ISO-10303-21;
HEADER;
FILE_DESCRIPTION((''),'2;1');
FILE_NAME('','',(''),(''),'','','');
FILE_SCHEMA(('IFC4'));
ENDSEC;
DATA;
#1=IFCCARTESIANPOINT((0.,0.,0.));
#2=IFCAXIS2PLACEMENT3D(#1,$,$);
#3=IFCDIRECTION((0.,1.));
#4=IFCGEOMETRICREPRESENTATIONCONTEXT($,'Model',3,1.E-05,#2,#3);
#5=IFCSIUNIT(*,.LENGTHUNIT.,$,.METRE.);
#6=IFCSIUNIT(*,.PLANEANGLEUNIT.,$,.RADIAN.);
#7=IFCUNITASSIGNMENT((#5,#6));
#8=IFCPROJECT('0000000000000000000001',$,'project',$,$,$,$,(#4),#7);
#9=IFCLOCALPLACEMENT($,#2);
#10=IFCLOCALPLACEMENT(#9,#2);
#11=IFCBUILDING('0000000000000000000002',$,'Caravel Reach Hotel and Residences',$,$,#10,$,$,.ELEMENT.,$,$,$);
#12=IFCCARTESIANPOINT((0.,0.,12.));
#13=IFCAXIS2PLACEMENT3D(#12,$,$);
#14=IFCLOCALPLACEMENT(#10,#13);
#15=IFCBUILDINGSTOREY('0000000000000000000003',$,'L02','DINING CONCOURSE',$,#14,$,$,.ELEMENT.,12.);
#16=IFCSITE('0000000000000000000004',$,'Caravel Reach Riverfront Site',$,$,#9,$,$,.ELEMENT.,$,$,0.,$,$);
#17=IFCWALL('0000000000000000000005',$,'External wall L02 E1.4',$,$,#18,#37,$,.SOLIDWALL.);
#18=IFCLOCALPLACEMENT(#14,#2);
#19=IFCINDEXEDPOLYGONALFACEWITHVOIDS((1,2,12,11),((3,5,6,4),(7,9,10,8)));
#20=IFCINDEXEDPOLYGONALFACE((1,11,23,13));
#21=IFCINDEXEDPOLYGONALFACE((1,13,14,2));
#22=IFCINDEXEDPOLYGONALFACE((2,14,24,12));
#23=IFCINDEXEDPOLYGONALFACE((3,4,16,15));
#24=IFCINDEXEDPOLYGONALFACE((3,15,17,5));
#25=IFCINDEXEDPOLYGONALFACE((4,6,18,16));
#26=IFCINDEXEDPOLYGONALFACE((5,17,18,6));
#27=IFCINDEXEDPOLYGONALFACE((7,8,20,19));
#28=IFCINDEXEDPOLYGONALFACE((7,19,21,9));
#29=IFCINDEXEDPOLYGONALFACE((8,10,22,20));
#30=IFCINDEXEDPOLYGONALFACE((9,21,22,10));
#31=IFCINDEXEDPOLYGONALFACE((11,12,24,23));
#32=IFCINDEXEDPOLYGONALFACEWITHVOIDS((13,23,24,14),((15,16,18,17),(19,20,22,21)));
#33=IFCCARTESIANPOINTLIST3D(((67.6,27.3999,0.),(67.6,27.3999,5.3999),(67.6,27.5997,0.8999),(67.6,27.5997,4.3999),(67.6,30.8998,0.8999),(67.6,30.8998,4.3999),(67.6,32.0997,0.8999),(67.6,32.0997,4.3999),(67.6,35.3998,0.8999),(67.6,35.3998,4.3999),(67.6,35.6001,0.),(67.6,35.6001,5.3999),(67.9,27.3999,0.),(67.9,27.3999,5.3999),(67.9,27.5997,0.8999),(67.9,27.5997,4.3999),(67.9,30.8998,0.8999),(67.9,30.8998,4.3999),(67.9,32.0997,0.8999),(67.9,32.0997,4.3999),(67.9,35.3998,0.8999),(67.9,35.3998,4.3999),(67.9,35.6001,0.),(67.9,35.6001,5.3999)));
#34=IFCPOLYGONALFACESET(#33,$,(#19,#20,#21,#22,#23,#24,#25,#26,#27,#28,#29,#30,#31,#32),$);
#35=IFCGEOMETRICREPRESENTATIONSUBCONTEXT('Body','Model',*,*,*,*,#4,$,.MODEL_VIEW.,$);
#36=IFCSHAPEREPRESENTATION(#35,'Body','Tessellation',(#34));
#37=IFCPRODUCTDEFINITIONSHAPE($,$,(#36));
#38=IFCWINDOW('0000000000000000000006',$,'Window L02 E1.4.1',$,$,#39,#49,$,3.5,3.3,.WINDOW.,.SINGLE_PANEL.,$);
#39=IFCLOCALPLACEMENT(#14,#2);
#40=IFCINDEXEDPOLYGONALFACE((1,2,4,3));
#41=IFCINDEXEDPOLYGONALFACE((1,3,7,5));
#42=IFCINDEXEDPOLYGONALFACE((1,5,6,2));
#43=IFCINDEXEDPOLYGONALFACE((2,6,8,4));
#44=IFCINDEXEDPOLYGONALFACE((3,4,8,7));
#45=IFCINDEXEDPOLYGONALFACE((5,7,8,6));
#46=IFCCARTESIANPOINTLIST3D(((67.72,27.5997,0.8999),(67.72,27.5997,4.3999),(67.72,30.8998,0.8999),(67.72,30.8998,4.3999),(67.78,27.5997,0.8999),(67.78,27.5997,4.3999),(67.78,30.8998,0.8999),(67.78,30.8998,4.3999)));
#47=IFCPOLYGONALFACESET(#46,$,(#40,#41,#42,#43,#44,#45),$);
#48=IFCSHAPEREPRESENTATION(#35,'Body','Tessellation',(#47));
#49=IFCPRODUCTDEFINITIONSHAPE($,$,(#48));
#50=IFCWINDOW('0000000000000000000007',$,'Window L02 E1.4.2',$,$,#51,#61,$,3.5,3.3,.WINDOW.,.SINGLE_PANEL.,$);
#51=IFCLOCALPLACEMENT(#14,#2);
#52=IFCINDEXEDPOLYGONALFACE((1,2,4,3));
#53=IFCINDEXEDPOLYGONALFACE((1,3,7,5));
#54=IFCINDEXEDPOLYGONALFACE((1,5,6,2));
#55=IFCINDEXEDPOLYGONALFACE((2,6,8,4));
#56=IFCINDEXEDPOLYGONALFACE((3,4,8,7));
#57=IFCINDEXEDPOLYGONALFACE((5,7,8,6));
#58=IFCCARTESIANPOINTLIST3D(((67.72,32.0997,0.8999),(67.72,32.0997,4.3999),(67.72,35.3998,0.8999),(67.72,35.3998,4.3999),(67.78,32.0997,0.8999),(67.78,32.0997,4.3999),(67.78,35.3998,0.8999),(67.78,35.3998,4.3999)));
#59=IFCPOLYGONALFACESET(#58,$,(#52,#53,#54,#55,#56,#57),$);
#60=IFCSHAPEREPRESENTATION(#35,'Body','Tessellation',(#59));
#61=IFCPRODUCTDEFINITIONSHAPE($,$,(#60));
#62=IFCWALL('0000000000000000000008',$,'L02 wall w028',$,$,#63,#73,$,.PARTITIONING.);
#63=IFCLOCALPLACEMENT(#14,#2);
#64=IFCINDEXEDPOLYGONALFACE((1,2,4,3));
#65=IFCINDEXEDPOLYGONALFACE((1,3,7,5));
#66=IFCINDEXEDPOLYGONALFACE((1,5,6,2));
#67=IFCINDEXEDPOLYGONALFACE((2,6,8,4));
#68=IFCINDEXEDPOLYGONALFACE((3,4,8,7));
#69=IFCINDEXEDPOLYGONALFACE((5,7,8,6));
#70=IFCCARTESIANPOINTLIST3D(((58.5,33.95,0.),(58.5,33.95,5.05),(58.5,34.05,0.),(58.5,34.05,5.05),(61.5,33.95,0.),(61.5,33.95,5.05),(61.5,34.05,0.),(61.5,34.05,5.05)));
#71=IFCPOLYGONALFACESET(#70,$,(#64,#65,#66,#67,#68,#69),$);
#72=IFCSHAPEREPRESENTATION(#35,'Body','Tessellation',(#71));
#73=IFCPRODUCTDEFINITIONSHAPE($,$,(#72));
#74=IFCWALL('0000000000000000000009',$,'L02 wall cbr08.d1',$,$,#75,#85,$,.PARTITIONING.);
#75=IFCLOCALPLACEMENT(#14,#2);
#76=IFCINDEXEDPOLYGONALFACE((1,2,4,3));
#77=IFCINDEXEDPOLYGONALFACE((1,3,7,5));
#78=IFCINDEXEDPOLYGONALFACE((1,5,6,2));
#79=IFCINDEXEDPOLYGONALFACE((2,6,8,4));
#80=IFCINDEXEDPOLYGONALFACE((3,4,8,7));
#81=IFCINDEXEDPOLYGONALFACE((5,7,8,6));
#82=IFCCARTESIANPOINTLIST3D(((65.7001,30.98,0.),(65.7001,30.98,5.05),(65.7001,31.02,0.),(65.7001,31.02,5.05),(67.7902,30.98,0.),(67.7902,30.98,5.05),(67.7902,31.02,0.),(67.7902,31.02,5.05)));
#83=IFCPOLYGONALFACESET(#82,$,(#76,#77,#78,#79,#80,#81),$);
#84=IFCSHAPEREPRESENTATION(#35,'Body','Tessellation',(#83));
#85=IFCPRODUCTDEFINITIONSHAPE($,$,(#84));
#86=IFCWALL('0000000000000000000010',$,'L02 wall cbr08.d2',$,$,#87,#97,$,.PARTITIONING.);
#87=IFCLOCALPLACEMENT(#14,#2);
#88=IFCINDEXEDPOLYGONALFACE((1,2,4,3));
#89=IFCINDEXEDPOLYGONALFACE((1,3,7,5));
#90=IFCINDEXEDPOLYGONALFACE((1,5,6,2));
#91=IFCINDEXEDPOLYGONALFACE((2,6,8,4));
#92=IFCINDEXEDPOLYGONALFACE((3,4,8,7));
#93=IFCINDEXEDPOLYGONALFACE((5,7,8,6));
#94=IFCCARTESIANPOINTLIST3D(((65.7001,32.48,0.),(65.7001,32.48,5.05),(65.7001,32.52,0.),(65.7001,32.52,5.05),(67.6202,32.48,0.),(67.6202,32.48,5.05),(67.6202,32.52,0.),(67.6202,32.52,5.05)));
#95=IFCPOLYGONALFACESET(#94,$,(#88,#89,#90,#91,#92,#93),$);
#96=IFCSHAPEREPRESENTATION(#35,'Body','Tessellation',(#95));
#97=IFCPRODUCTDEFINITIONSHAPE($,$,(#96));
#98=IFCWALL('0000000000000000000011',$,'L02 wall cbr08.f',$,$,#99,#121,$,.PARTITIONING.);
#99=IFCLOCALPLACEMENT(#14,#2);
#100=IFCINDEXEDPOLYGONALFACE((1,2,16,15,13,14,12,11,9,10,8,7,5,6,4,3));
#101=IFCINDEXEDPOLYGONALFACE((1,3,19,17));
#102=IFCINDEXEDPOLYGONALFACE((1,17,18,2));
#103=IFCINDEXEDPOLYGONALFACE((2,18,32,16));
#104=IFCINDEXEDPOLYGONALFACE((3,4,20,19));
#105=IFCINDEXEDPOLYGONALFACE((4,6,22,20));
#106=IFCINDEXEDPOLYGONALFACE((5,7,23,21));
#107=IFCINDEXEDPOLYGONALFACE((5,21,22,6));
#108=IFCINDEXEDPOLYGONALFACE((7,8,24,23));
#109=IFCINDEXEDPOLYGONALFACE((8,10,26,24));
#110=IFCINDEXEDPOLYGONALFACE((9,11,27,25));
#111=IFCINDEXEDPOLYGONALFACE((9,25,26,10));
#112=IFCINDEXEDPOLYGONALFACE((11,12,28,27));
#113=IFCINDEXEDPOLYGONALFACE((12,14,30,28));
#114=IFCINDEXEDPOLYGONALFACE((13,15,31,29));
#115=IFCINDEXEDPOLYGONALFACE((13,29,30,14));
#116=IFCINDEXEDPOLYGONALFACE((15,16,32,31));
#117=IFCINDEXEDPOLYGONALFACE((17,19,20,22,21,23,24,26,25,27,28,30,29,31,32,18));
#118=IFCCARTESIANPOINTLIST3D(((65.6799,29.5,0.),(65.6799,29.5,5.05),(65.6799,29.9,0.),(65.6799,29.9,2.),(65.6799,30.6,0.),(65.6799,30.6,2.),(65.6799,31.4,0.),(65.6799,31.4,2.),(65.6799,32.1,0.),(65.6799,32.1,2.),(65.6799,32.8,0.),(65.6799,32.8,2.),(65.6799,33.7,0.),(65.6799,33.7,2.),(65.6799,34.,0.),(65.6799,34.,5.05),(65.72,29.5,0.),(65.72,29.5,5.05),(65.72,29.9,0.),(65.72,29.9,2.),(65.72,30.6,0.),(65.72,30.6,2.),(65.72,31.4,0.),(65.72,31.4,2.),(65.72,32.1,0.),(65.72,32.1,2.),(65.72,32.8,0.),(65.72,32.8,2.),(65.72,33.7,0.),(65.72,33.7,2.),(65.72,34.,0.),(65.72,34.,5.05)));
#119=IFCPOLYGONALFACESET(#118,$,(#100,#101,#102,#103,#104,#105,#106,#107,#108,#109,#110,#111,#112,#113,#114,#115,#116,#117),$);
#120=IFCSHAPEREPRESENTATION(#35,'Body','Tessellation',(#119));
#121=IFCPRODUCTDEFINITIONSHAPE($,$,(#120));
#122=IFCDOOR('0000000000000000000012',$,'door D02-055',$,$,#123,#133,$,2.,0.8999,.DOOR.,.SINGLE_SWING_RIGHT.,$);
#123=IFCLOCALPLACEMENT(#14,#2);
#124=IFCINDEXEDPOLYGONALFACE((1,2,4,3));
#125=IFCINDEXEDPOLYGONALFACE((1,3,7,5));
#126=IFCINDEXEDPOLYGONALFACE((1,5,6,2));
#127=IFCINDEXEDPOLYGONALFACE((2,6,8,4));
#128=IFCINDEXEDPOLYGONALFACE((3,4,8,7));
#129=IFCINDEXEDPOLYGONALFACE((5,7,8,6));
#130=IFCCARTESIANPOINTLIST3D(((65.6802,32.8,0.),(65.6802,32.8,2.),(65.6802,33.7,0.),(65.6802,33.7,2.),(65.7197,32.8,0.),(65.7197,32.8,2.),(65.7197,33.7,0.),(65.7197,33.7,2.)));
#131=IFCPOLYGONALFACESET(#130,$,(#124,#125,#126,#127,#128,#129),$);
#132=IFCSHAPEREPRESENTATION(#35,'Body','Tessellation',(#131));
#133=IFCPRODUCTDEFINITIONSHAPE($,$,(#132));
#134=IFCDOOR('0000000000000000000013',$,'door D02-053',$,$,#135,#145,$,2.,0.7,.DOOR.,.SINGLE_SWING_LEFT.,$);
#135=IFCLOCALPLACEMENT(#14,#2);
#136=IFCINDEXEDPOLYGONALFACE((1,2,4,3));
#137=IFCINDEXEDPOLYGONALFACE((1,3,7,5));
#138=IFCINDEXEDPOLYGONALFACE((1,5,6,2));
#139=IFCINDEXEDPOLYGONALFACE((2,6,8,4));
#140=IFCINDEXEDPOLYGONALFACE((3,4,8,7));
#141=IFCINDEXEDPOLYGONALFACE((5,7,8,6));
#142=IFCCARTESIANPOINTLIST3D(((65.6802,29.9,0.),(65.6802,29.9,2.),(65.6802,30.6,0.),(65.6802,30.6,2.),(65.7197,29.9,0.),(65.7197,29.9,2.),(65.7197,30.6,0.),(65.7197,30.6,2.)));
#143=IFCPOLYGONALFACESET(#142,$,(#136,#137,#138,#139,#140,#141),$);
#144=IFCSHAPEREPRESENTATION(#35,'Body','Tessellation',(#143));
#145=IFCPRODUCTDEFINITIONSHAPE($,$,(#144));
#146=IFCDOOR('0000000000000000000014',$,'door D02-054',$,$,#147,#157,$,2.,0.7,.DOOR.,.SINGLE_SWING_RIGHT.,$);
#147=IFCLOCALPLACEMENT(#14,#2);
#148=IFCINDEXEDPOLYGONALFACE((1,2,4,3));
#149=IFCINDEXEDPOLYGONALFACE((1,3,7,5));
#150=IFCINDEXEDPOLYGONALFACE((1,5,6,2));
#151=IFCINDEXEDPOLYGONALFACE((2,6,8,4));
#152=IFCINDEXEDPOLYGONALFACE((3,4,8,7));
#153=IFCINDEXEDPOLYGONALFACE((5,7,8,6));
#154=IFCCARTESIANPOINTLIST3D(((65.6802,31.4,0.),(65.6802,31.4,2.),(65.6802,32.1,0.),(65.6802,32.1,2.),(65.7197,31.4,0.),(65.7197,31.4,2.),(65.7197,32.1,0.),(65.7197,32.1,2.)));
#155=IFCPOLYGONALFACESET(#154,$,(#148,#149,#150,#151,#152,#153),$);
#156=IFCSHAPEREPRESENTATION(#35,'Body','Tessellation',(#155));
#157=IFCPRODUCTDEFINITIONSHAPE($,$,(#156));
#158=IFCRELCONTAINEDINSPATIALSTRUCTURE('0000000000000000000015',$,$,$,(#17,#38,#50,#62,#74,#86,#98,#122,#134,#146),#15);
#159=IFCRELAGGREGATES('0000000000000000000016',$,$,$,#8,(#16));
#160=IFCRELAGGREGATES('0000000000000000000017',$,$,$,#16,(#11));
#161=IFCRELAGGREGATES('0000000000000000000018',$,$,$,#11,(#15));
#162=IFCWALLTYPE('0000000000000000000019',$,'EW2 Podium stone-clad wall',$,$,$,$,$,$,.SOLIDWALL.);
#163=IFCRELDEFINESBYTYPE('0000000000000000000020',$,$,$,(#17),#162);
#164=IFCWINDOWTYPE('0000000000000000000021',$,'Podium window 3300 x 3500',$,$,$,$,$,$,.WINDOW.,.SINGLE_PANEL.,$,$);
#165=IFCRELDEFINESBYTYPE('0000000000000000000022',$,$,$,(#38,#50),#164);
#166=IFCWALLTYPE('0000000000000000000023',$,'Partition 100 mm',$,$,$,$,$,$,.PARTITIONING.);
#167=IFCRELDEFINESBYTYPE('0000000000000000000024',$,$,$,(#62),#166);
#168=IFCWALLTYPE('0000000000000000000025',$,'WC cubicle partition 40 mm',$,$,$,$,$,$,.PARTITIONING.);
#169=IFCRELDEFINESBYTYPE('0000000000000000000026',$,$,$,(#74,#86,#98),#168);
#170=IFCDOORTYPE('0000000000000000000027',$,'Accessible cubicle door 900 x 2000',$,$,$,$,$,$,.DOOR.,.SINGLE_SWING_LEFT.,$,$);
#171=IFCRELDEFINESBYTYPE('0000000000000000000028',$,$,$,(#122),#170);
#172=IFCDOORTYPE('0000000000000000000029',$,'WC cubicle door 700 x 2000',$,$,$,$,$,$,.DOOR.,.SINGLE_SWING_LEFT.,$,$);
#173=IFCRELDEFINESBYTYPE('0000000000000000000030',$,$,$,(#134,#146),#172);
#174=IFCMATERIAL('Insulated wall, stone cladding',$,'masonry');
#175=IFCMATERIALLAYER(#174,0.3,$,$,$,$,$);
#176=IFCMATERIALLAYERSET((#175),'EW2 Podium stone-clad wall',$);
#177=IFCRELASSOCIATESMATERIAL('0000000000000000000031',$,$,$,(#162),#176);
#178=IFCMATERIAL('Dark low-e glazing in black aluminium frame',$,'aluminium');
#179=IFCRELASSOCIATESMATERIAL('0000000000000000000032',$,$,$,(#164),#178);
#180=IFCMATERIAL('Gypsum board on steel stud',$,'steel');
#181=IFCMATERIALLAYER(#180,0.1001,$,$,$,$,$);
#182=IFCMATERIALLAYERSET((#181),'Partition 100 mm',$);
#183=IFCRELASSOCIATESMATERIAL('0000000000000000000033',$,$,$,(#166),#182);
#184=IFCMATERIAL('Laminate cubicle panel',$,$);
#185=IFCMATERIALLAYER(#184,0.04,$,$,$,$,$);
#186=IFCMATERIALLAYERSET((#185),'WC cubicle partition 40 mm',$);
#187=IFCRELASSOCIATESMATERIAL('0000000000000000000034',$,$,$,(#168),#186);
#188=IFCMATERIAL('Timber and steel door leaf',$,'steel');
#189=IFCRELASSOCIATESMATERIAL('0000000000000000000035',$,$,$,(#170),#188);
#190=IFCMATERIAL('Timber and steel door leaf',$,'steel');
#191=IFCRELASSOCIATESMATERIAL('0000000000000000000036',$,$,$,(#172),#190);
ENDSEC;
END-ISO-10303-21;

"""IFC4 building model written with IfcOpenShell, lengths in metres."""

from ifc_helpers import new_model, si_unit, direction, frame, frame_2d, origin, place, context, subcontext, project, spatial, rectangle, extrude, material, layer, layer_set, type_object, element, fill, save


model = new_model("IFC4")

# Units and contexts
model_context = context("Model", 3, precision=1e-05, world=origin(), true_north=direction((0.0, 1.0)))
body_context = subcontext(model_context, "Body", "Model", "MODEL_VIEW")
ifc_project = project(units=[si_unit("LENGTHUNIT", "METRE"), si_unit("PLANEANGLEUNIT", "RADIAN")], contexts=[model_context])

# Site, building, storey
site_placement = place(None, origin())
site = spatial("IfcSite", under=ifc_project, at=site_placement, Name="Caravel Reach Riverfront Site", CompositionType="ELEMENT", RefElevation=0.0)
building_placement = place(site_placement, origin())
building = spatial("IfcBuilding", under=site, at=building_placement, Name="Caravel Reach Hotel and Residences", CompositionType="ELEMENT")
storey_placement = place(building_placement, frame((0.0, 0.0, 12.0)))
storey = spatial("IfcBuildingStorey", under=building, at=storey_placement, Name="L02", Description="DINING CONCOURSE", CompositionType="ELEMENT", Elevation=12.0)

# Wall, openings, windows
ifc_material_1 = material(Name="Insulated wall, stone cladding", Category="masonry")
ifc_layer_1 = layer(ifc_material_1, 0.3)
ifc_layer_set_1 = layer_set([ifc_layer_1], Name="EW2 Podium stone-clad wall")
wall_type_1 = type_object("IfcWallType", Name="EW2 Podium stone-clad wall", PredefinedType="SOLIDWALL", material=ifc_layer_set_1)
wall_1_placement = place(storey_placement, frame((67.75, 27.3999, 0.0), z_axis=(0.0, 0.0, 1.0), x_axis=(0.0, 1.0, 0.0)))
wall_1 = element("IfcWall", 1, at=wall_1_placement, inside=storey, type_object=wall_type_1, Name="External wall L02 E1.4", PredefinedType="SOLIDWALL", context=body_context, shape_type="SweptSolid", body=[
    extrude(rectangle(XDim=8.2002, YDim=0.3, at=frame_2d((4.1001, 0.0))), origin(), (0.0, 0.0, 1.0), 5.3999),
])
opening_1_placement = place(wall_1_placement, frame((0.2, 0.0, 0.8999)))
opening_1 = element("IfcOpeningElement", 2, at=opening_1_placement, cuts=wall_1, PredefinedType="OPENING", context=body_context, shape_type="SweptSolid", body=[
    extrude(rectangle(XDim=3.3, YDim=3.5, at=frame_2d((1.6499, 1.75))), frame((0.0, 0.1599, 0.0), z_axis=(0.0, -1.0, 0.0), x_axis=(1.0, 0.0, 0.0)), (0.0, 0.0, 1.0), 0.3201),
])
opening_2_placement = place(wall_1_placement, frame((4.7, 0.0, 0.8999)))
opening_2 = element("IfcOpeningElement", 3, at=opening_2_placement, cuts=wall_1, PredefinedType="OPENING", context=body_context, shape_type="SweptSolid", body=[
    extrude(rectangle(XDim=3.3, YDim=3.5, at=frame_2d((1.6499, 1.75))), frame((0.0, 0.1599, 0.0), z_axis=(0.0, -1.0, 0.0), x_axis=(1.0, 0.0, 0.0)), (0.0, 0.0, 1.0), 0.3201),
])
ifc_material_2 = material(Name="Dark low-e glazing in black aluminium frame", Category="aluminium")
window_type = type_object("IfcWindowType", Name="Podium window 3300 x 3500", PartitioningType="SINGLE_PANEL", PredefinedType="WINDOW", material=ifc_material_2)
window_1_placement = place(opening_1_placement, origin())
window_1 = element("IfcWindow", 4, at=window_1_placement, inside=storey, type_object=window_type, Name="Window L02 E1.4.1", OverallHeight=3.5, OverallWidth=3.3, PartitioningType="SINGLE_PANEL", PredefinedType="WINDOW", context=body_context, shape_type="SweptSolid", body=[
    extrude(rectangle(XDim=3.3, YDim=3.5, at=frame_2d((1.6499, 1.75))), frame((0.0, 0.03, 0.0), z_axis=(0.0, -1.0, 0.0), x_axis=(1.0, 0.0, 0.0)), (0.0, 0.0, 1.0), 0.0601),
])
fill(opening_1, window_1)
window_2_placement = place(opening_2_placement, origin())
window_2 = element("IfcWindow", 5, at=window_2_placement, inside=storey, type_object=window_type, Name="Window L02 E1.4.2", OverallHeight=3.5, OverallWidth=3.3, PartitioningType="SINGLE_PANEL", PredefinedType="WINDOW", context=body_context, shape_type="SweptSolid", body=[
    extrude(rectangle(XDim=3.3, YDim=3.5, at=frame_2d((1.6499, 1.75))), frame((0.0, 0.03, 0.0), z_axis=(0.0, -1.0, 0.0), x_axis=(1.0, 0.0, 0.0)), (0.0, 0.0, 1.0), 0.0601),
])
fill(opening_2, window_2)

# Walls
ifc_material_3 = material(Name="Gypsum board on steel stud", Category="steel")
ifc_layer_2 = layer(ifc_material_3, 0.1001)
ifc_layer_set_2 = layer_set([ifc_layer_2], Name="Partition 100 mm")
wall_type_2 = type_object("IfcWallType", Name="Partition 100 mm", PredefinedType="PARTITIONING", material=ifc_layer_set_2)
wall_2_placement = place(storey_placement, frame((58.5, 34.0, 0.0), z_axis=(0.0, 0.0, 1.0), x_axis=(1.0, 0.0, 0.0)))
element("IfcWall", 6, at=wall_2_placement, inside=storey, type_object=wall_type_2, Name="L02 wall w028", PredefinedType="PARTITIONING", context=body_context, shape_type="SweptSolid", body=[
    extrude(rectangle(XDim=3.0, YDim=0.1001, at=frame_2d((1.5, 0.0))), origin(), (0.0, 0.0, 1.0), 5.05),
])
ifc_material_4 = material(Name="Laminate cubicle panel")
ifc_layer_3 = layer(ifc_material_4, 0.04)
ifc_layer_set_3 = layer_set([ifc_layer_3], Name="WC cubicle partition 40 mm")
wall_type_3 = type_object("IfcWallType", Name="WC cubicle partition 40 mm", PredefinedType="PARTITIONING", material=ifc_layer_set_3)
wall_3_placement = place(storey_placement, frame((67.79, 31.0, 0.0), z_axis=(0.0, 0.0, 1.0), x_axis=(-1.0, 0.0, 0.0)))
element("IfcWall", 7, at=wall_3_placement, inside=storey, type_object=wall_type_3, Name="L02 wall cbr08.d1", PredefinedType="PARTITIONING", context=body_context, shape_type="SweptSolid", body=[
    extrude(rectangle(XDim=2.0901, YDim=0.04, at=frame_2d((1.0449, 0.0))), origin(), (0.0, 0.0, 1.0), 5.05),
])
wall_4_placement = place(storey_placement, frame((67.6201, 32.5, 0.0), z_axis=(0.0, 0.0, 1.0), x_axis=(-1.0, 0.0, 0.0)))
element("IfcWall", 8, at=wall_4_placement, inside=storey, type_object=wall_type_3, Name="L02 wall cbr08.d2", PredefinedType="PARTITIONING", context=body_context, shape_type="SweptSolid", body=[
    extrude(rectangle(XDim=1.9202, YDim=0.04, at=frame_2d((0.96, 0.0))), origin(), (0.0, 0.0, 1.0), 5.05),
])

# Wall, openings, doors
wall_5_placement = place(storey_placement, frame((65.7, 29.5, 0.0), z_axis=(0.0, 0.0, 1.0), x_axis=(0.0, 1.0, 0.0)))
wall_5 = element("IfcWall", 9, at=wall_5_placement, inside=storey, type_object=wall_type_3, Name="L02 wall cbr08.f", PredefinedType="PARTITIONING", context=body_context, shape_type="SweptSolid", body=[
    extrude(rectangle(XDim=4.5, YDim=0.04, at=frame_2d((2.25, 0.0))), origin(), (0.0, 0.0, 1.0), 5.05),
])
opening_3_placement = place(wall_5_placement, frame((0.3999, 0.0, 0.0)))
opening_3 = element("IfcOpeningElement", 10, at=opening_3_placement, cuts=wall_5, PredefinedType="OPENING", context=body_context, shape_type="SweptSolid", body=[
    extrude(rectangle(XDim=0.7, YDim=2.0, at=frame_2d((0.3501, 1.0))), frame((0.0, 0.03, 0.0), z_axis=(0.0, -1.0, 0.0), x_axis=(1.0, 0.0, 0.0)), (0.0, 0.0, 1.0), 0.0601),
])
opening_4_placement = place(wall_5_placement, frame((1.8999, 0.0, 0.0)))
opening_4 = element("IfcOpeningElement", 11, at=opening_4_placement, cuts=wall_5, PredefinedType="OPENING", context=body_context, shape_type="SweptSolid", body=[
    extrude(rectangle(XDim=0.7, YDim=2.0, at=frame_2d((0.3501, 1.0))), frame((0.0, 0.03, 0.0), z_axis=(0.0, -1.0, 0.0), x_axis=(1.0, 0.0, 0.0)), (0.0, 0.0, 1.0), 0.0601),
])
opening_5_placement = place(wall_5_placement, frame((3.3, 0.0, 0.0)))
opening_5 = element("IfcOpeningElement", 12, at=opening_5_placement, cuts=wall_5, PredefinedType="OPENING", context=body_context, shape_type="SweptSolid", body=[
    extrude(rectangle(XDim=0.8999, YDim=2.0, at=frame_2d((0.45, 1.0))), frame((0.0, 0.03, 0.0), z_axis=(0.0, -1.0, 0.0), x_axis=(1.0, 0.0, 0.0)), (0.0, 0.0, 1.0), 0.0601),
])
ifc_material_5 = material(Name="Timber and steel door leaf", Category="steel")
door_type_1 = type_object("IfcDoorType", Name="Accessible cubicle door 900 x 2000", OperationType="SINGLE_SWING_LEFT", PredefinedType="DOOR", material=ifc_material_5)
door_1_placement = place(opening_5_placement, origin())
door_1 = element("IfcDoor", 13, at=door_1_placement, inside=storey, type_object=door_type_1, Name="door D02-055", OperationType="SINGLE_SWING_RIGHT", OverallHeight=2.0, OverallWidth=0.8999, PredefinedType="DOOR", context=body_context, shape_type="SweptSolid", body=[
    extrude(rectangle(XDim=0.8999, YDim=2.0, at=frame_2d((0.45, 1.0))), frame((0.0, 0.0198, 0.0), z_axis=(0.0, -1.0, 0.0), x_axis=(1.0, 0.0, 0.0)), (0.0, 0.0, 1.0), 0.0396),
])
fill(opening_5, door_1)
ifc_material_6 = material(Name="Timber and steel door leaf", Category="steel")
door_type_2 = type_object("IfcDoorType", Name="WC cubicle door 700 x 2000", OperationType="SINGLE_SWING_LEFT", PredefinedType="DOOR", material=ifc_material_6)
door_2_placement = place(opening_3_placement, origin())
door_2 = element("IfcDoor", 14, at=door_2_placement, inside=storey, type_object=door_type_2, Name="door D02-053", OperationType="SINGLE_SWING_LEFT", OverallHeight=2.0, OverallWidth=0.7, PredefinedType="DOOR", context=body_context, shape_type="SweptSolid", body=[
    extrude(rectangle(XDim=0.7, YDim=2.0, at=frame_2d((0.3501, 1.0))), frame((0.0, 0.0198, 0.0), z_axis=(0.0, -1.0, 0.0), x_axis=(1.0, 0.0, 0.0)), (0.0, 0.0, 1.0), 0.0396),
])
fill(opening_3, door_2)
door_3_placement = place(opening_4_placement, origin())
door_3 = element("IfcDoor", 15, at=door_3_placement, inside=storey, type_object=door_type_2, Name="door D02-054", OperationType="SINGLE_SWING_RIGHT", OverallHeight=2.0, OverallWidth=0.7, PredefinedType="DOOR", context=body_context, shape_type="SweptSolid", body=[
    extrude(rectangle(XDim=0.7, YDim=2.0, at=frame_2d((0.3501, 1.0))), frame((0.0, 0.0198, 0.0), z_axis=(0.0, -1.0, 0.0), x_axis=(1.0, 0.0, 0.0)), (0.0, 0.0, 1.0), 0.0396),
])
fill(opening_4, door_3)

save(model, "model.ifc")
